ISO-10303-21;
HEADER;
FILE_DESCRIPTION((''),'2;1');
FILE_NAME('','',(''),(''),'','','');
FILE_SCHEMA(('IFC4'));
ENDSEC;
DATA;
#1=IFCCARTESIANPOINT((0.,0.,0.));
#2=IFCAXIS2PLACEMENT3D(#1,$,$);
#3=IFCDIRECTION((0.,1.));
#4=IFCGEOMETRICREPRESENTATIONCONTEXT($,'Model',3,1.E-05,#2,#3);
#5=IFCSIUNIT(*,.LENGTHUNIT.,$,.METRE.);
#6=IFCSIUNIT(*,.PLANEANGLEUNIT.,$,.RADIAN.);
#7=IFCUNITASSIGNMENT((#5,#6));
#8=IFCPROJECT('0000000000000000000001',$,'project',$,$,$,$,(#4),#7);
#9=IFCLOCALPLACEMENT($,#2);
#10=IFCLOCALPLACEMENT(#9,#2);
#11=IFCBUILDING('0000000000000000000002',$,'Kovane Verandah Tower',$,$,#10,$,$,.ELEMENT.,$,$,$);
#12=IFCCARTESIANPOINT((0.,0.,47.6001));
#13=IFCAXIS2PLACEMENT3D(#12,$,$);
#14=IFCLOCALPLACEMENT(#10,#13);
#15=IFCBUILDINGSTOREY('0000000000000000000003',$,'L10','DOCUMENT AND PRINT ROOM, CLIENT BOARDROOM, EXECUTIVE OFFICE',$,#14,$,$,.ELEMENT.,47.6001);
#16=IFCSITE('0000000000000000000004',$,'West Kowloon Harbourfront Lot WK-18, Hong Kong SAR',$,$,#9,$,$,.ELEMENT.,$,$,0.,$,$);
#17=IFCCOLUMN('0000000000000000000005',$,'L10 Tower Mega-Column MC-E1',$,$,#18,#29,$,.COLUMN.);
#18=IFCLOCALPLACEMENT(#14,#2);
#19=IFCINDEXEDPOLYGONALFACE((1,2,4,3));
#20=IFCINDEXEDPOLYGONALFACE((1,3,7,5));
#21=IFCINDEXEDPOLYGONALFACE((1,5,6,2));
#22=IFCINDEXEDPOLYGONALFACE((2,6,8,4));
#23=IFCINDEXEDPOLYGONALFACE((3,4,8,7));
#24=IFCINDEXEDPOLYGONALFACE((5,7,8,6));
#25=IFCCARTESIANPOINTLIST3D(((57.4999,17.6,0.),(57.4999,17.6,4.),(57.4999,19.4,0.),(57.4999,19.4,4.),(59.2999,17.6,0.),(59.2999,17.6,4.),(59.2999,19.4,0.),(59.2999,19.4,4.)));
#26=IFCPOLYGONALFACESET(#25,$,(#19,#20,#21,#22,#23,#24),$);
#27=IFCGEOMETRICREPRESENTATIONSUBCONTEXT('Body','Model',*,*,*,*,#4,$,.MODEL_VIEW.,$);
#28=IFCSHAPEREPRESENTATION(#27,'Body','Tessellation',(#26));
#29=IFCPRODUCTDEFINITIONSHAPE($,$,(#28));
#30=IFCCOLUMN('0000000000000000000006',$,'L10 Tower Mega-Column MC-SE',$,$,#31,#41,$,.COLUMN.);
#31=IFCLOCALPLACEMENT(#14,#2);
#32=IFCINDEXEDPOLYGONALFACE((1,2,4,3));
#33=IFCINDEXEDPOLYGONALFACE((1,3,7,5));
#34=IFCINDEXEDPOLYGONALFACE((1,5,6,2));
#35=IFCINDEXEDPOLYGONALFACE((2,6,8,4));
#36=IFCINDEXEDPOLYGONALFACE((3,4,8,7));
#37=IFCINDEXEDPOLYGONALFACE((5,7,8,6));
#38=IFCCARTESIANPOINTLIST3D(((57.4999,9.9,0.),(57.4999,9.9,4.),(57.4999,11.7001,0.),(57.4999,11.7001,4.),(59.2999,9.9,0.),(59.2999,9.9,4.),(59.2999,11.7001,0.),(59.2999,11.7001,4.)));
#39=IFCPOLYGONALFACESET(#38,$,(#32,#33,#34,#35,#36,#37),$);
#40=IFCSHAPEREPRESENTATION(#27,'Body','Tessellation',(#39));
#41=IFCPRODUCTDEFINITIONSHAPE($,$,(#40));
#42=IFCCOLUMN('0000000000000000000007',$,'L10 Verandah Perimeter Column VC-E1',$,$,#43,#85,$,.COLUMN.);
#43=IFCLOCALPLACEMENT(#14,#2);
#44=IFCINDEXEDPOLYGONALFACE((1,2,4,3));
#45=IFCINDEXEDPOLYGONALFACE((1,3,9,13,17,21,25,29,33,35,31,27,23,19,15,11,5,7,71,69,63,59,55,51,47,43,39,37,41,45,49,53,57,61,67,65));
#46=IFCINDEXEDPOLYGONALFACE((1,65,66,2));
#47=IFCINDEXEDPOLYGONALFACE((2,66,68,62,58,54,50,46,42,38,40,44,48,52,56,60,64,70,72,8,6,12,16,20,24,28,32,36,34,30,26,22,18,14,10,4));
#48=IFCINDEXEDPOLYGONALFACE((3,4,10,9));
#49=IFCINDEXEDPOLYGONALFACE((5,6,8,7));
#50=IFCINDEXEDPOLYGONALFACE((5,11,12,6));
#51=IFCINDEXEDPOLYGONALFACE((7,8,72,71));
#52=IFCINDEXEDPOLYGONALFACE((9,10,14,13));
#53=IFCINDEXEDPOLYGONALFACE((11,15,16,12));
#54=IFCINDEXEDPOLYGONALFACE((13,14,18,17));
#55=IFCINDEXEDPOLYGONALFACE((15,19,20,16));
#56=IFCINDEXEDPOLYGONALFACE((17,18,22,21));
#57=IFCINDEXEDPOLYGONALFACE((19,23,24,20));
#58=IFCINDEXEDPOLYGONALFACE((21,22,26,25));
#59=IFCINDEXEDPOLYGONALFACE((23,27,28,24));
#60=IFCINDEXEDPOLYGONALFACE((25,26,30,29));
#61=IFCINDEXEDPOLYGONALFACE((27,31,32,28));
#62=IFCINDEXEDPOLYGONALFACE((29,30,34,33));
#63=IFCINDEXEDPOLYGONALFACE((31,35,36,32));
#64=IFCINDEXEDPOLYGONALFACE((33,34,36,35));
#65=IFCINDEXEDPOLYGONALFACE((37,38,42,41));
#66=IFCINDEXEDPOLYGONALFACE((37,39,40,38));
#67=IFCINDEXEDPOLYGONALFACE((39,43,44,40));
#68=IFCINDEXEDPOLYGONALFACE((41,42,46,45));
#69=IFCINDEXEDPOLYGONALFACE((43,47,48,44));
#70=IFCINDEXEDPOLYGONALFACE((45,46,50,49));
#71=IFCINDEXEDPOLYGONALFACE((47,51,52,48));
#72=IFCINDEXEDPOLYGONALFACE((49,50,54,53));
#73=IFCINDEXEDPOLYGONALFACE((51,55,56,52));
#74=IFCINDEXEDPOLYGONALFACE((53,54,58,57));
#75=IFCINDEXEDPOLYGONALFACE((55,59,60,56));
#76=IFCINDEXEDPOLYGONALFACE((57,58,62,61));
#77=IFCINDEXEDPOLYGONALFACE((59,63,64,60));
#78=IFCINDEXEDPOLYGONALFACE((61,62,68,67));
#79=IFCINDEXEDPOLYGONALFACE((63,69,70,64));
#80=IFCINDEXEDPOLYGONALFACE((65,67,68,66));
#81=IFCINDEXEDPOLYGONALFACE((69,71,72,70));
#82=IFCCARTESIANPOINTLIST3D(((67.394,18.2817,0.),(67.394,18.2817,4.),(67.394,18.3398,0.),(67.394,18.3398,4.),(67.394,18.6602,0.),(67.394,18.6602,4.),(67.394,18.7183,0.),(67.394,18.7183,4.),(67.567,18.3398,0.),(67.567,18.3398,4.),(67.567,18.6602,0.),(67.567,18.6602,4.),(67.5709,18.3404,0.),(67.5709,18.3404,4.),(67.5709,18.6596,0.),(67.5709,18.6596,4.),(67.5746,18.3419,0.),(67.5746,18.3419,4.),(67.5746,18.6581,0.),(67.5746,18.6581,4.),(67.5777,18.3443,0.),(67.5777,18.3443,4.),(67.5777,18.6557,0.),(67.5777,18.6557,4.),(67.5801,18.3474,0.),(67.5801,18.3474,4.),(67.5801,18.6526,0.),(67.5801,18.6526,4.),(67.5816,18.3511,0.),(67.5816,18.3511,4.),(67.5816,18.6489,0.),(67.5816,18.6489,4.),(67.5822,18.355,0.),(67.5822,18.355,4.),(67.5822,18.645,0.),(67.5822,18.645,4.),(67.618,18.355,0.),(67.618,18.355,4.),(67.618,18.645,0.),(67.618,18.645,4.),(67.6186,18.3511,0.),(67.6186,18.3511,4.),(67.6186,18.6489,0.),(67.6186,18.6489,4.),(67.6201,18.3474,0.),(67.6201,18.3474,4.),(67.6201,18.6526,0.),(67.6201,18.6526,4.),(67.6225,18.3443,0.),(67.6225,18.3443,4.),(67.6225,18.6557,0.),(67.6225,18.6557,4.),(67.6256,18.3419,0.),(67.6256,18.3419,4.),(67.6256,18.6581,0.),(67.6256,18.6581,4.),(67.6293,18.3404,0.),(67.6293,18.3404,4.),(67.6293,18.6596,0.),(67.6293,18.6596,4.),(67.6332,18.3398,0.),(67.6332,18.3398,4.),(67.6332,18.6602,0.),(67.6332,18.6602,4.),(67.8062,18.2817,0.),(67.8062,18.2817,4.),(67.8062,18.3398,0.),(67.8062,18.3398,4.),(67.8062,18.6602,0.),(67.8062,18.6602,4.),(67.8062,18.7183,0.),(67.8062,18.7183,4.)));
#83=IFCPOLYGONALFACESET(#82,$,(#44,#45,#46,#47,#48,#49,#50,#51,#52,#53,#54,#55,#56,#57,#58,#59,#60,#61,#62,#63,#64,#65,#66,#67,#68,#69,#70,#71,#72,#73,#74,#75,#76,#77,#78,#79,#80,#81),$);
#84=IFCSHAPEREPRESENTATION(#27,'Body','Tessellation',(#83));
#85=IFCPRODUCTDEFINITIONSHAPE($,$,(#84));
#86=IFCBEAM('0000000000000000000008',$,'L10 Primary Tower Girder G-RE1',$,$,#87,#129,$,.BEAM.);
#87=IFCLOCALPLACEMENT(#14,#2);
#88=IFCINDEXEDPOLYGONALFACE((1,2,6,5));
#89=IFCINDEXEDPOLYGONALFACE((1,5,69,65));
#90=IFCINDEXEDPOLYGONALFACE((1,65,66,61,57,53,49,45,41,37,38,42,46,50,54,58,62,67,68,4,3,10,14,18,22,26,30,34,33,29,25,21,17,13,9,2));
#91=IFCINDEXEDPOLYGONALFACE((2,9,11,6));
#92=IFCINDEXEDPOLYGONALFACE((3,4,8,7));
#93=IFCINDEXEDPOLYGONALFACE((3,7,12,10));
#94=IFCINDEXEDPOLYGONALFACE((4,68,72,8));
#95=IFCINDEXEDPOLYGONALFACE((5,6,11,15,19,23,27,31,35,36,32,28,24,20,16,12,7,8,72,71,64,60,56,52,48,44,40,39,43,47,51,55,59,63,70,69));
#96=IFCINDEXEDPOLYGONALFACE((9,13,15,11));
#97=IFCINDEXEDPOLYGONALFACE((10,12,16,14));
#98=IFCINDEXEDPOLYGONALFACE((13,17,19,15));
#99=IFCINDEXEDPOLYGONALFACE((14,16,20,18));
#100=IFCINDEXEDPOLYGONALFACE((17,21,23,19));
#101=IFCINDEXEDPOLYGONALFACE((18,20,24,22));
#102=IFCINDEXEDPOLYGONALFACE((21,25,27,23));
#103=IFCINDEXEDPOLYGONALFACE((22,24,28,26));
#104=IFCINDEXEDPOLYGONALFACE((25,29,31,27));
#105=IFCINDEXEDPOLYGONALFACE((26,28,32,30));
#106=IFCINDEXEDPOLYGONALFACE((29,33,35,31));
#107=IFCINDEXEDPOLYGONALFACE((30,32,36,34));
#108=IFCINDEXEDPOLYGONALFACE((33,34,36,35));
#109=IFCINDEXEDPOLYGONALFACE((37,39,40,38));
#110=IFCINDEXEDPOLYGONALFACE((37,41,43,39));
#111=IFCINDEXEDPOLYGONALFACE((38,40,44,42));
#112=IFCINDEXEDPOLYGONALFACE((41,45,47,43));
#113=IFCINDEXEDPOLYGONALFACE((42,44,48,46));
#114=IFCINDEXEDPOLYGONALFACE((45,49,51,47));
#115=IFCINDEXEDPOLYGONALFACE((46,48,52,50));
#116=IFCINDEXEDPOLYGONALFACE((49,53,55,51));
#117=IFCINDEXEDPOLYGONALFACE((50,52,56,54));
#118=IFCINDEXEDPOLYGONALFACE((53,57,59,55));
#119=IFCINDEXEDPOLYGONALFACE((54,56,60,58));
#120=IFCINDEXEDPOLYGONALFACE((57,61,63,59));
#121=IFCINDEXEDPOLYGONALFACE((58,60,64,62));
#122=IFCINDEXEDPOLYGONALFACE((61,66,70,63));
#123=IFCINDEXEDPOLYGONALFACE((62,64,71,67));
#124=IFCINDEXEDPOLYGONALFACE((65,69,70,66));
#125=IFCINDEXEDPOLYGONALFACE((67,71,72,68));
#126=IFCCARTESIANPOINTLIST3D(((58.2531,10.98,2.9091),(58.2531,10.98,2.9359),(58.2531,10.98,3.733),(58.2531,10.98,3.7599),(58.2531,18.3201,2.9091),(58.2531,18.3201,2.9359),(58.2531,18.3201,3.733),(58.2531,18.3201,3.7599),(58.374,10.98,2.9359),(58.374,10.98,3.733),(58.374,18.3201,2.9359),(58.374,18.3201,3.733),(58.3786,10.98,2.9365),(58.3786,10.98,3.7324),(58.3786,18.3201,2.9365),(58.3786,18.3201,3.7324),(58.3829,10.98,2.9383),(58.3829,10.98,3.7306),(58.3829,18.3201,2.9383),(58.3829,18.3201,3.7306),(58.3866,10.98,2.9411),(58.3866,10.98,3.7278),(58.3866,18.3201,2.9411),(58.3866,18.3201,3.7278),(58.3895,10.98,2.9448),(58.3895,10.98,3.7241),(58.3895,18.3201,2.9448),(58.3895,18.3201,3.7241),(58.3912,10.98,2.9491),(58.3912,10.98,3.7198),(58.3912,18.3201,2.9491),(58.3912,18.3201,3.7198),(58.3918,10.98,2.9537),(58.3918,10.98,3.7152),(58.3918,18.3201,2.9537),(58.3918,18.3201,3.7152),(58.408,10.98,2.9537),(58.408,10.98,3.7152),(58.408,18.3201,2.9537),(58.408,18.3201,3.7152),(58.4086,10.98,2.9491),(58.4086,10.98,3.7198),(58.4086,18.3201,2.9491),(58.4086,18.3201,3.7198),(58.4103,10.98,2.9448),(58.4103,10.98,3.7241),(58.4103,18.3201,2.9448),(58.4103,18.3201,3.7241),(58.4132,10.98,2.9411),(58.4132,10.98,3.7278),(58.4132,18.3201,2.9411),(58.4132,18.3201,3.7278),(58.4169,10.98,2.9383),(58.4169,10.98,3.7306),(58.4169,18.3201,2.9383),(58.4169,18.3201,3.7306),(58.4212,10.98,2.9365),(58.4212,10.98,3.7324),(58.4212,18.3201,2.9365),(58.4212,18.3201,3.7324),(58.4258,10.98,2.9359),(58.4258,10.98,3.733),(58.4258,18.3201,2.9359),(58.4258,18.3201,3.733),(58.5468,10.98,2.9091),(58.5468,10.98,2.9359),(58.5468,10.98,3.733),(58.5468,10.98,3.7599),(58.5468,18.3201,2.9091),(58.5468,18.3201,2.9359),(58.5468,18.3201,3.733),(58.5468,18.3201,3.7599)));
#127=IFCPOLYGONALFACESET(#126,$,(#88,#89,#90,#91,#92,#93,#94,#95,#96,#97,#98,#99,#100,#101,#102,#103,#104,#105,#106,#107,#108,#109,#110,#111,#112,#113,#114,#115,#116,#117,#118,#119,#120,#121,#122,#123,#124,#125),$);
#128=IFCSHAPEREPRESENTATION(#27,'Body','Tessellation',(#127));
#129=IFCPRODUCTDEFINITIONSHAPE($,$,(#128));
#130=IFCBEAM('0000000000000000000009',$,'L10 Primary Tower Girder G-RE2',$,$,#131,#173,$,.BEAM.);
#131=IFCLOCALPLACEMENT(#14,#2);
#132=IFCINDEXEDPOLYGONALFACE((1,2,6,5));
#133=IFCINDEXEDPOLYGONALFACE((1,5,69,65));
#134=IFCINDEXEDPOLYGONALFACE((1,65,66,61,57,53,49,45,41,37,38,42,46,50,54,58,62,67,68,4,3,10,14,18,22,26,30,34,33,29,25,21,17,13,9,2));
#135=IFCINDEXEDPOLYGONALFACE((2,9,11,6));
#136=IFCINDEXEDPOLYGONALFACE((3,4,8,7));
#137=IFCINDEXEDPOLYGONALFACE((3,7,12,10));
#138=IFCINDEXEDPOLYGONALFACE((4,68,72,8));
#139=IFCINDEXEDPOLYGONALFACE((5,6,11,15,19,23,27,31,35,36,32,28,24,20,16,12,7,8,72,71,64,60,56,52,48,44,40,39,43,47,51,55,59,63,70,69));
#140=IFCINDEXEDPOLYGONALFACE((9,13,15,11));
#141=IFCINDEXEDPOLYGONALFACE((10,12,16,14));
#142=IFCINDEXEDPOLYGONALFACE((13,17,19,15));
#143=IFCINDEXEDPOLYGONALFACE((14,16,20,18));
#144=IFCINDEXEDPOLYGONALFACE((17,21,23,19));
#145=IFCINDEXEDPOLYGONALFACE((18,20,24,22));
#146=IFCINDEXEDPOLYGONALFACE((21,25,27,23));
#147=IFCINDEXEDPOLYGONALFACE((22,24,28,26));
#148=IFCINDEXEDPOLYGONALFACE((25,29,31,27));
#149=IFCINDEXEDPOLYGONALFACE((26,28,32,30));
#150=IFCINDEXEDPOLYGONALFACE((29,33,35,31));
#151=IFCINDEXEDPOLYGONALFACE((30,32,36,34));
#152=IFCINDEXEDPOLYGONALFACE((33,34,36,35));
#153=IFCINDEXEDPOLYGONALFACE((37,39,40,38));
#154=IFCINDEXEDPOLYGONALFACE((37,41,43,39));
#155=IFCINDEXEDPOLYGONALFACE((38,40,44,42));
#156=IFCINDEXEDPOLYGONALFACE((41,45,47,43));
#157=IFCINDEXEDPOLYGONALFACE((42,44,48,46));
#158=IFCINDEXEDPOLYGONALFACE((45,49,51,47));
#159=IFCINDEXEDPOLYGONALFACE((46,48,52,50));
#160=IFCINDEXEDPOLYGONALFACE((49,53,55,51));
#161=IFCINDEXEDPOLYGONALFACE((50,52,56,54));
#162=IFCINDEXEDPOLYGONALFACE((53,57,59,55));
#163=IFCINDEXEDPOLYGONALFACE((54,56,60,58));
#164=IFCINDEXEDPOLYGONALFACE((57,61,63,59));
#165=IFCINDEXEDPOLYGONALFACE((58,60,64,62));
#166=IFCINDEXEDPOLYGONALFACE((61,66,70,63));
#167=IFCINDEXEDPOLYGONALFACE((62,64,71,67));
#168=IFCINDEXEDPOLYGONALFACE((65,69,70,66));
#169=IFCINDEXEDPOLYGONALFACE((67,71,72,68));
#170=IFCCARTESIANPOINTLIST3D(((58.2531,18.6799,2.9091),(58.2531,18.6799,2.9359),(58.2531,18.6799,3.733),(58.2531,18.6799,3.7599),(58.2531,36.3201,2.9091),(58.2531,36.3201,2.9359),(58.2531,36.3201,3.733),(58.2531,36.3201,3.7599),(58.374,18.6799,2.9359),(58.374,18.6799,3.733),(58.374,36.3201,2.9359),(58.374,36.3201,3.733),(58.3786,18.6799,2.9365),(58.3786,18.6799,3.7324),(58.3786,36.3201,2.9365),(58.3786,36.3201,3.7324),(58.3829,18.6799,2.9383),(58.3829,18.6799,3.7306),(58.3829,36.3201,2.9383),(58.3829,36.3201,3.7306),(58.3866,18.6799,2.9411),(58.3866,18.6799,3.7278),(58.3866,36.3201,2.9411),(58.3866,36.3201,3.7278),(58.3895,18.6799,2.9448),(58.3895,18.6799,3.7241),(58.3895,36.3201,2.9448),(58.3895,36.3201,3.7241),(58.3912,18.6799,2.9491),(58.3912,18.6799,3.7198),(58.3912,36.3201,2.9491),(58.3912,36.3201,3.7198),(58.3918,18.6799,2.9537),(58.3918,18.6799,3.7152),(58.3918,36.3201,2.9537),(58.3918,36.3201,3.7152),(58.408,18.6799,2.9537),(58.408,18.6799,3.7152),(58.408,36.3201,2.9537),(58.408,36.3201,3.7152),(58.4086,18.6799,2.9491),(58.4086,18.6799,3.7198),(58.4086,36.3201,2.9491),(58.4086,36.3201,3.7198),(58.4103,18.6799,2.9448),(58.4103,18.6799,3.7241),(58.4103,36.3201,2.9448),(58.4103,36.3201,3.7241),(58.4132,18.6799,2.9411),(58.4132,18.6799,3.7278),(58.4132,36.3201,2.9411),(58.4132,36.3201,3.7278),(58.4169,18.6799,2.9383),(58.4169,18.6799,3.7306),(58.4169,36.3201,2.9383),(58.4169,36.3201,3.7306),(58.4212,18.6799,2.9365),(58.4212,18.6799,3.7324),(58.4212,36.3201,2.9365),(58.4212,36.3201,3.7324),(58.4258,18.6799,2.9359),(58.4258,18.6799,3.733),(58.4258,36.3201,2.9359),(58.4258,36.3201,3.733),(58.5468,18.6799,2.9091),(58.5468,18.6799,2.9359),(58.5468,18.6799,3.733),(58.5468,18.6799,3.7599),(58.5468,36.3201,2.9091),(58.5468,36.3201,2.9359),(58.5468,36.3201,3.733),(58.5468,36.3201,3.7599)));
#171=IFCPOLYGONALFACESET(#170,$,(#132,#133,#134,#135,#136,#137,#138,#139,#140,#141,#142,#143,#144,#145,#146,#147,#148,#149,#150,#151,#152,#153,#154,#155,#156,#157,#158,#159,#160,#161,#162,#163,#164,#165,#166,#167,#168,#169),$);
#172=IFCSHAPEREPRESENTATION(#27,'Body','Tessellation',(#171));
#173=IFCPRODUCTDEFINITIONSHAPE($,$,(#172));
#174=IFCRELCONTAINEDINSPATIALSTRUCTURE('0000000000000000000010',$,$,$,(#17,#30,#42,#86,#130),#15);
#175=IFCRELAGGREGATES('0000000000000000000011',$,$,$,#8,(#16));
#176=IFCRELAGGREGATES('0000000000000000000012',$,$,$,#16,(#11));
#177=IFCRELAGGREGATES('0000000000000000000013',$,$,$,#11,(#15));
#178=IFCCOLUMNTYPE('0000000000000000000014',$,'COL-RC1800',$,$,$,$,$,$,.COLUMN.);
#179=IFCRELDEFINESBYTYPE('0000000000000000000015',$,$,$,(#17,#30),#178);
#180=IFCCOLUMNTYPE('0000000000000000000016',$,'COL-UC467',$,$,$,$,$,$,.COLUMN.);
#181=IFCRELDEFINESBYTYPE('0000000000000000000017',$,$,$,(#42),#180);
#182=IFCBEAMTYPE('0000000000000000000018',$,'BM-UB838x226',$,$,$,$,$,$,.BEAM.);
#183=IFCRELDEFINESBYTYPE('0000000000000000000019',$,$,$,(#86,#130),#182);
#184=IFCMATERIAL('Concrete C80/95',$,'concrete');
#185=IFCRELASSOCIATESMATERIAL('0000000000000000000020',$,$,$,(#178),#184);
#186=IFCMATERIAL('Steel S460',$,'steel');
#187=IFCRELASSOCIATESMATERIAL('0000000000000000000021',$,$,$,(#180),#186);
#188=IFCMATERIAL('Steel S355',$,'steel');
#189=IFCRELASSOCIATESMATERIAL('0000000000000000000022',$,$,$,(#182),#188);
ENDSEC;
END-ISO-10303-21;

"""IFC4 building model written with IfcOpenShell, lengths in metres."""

from ifc_helpers import new_model, si_unit, direction, frame, origin, origin_2d, place, context, subcontext, project, spatial, rectangle, i_section, extrude, material, material_profile, profile_set, type_object, element, save


model = new_model("IFC4")

# Units and contexts
model_context = context("Model", 3, precision=1e-05, world=origin(), true_north=direction((0.0, 1.0)))
body_context = subcontext(model_context, "Body", "Model", "MODEL_VIEW")
ifc_project = project(units=[si_unit("LENGTHUNIT", "METRE"), si_unit("PLANEANGLEUNIT", "RADIAN")], contexts=[model_context])

# Site, building, storey
site_placement = place(None, origin())
site = spatial("IfcSite", under=ifc_project, at=site_placement, Name="West Kowloon Harbourfront Lot WK-18, Hong Kong SAR", CompositionType="ELEMENT", RefElevation=0.0)
building_placement = place(site_placement, origin())
building = spatial("IfcBuilding", under=site, at=building_placement, Name="Kovane Verandah Tower", CompositionType="ELEMENT")
storey_placement = place(building_placement, frame((0.0, 0.0, 47.6001)))
storey = spatial("IfcBuildingStorey", under=building, at=storey_placement, Name="L10", Description="DOCUMENT AND PRINT ROOM, CLIENT BOARDROOM, EXECUTIVE OFFICE", CompositionType="ELEMENT", Elevation=47.6001)

# Columns
ifc_material_1 = material(Name="Concrete C80/95", Category="concrete")
ifc_material_profile_1 = material_profile(ifc_material_1, rectangle(XDim=1.8, YDim=1.8, at=origin_2d()), Name="RC1800x1800")
ifc_profile_set_1 = profile_set([ifc_material_profile_1], Name="Concrete C80/95")
column_type_1 = type_object("IfcColumnType", Name="COL-RC1800", PredefinedType="COLUMN", material=ifc_profile_set_1)
for number, where, z_axis, x_axis, name in (
    (1, (58.3999, 18.5, 0.0), (0.0, 0.0, 1.0), (1.0, 0.0, 0.0), "L10 Tower Mega-Column MC-E1"),
    (2, (58.3999, 10.8, 0.0), (0.0, 0.0, 1.0), (1.0, 0.0, 0.0), "L10 Tower Mega-Column MC-SE"),
):
    element("IfcColumn", number, at=place(storey_placement, frame(where, z_axis=z_axis, x_axis=x_axis)), inside=storey, type_object=column_type_1, Name=name, PredefinedType="COLUMN", context=body_context, shape_type="SweptSolid", body=[
        extrude(rectangle(XDim=1.8, YDim=1.8, at=origin_2d()), origin(), (0.0, 0.0, 1.0), 4.0),
    ])
ifc_material_2 = material(Name="Steel S460", Category="steel")
ifc_material_profile_2 = material_profile(ifc_material_2, i_section(OverallWidth=0.4121, OverallDepth=0.4365, WebThickness=0.0359, FlangeThickness=0.0581, FilletRadius=0.0151, at=origin_2d()), Name="UC356x406x467")
ifc_profile_set_2 = profile_set([ifc_material_profile_2], Name="Steel S460")
column_type_2 = type_object("IfcColumnType", Name="COL-UC467", PredefinedType="COLUMN", material=ifc_profile_set_2)
column_placement = place(storey_placement, frame((67.6001, 18.5, 0.0), z_axis=(0.0, 0.0, 1.0), x_axis=(1.0, 0.0, 0.0)))
element("IfcColumn", 3, at=column_placement, inside=storey, type_object=column_type_2, Name="L10 Verandah Perimeter Column VC-E1", PredefinedType="COLUMN", context=body_context, shape_type="SweptSolid", body=[
    extrude(i_section(OverallWidth=0.4121, OverallDepth=0.4365, WebThickness=0.0359, FlangeThickness=0.0581, FilletRadius=0.0151, at=origin_2d()), origin(), (0.0, 0.0, 1.0), 4.0),
])

# Beams
ifc_material_3 = material(Name="Steel S355", Category="steel")
ifc_material_profile_3 = material_profile(ifc_material_3, i_section(OverallWidth=0.2937, OverallDepth=0.8508, WebThickness=0.0161, FlangeThickness=0.0269, FilletRadius=0.0178, at=origin_2d()), Name="UB838x292x226")
ifc_profile_set_3 = profile_set([ifc_material_profile_3], Name="Steel S355")
beam_type_1 = type_object("IfcBeamType", Name="BM-UB838x226", PredefinedType="BEAM", material=ifc_profile_set_3)
beam_1_placement = place(storey_placement, frame((58.3999, 10.98, 3.3345), z_axis=(0.0, 1.0, 0.0), x_axis=(-1.0, 0.0, 0.0)))
element("IfcBeam", 4, at=beam_1_placement, inside=storey, type_object=beam_type_1, Name="L10 Primary Tower Girder G-RE1", PredefinedType="BEAM", context=body_context, shape_type="SweptSolid", body=[
    extrude(i_section(OverallWidth=0.2937, OverallDepth=0.8508, WebThickness=0.0161, FlangeThickness=0.0269, FilletRadius=0.0178, at=origin_2d()), origin(), (0.0, 0.0, 1.0), 7.3401),
])
beam_2_placement = place(storey_placement, frame((58.3999, 18.6799, 3.3345), z_axis=(0.0, 1.0, 0.0), x_axis=(-1.0, 0.0, 0.0)))
element("IfcBeam", 5, at=beam_2_placement, inside=storey, type_object=beam_type_1, Name="L10 Primary Tower Girder G-RE2", PredefinedType="BEAM", context=body_context, shape_type="SweptSolid", body=[
    extrude(i_section(OverallWidth=0.2937, OverallDepth=0.8508, WebThickness=0.0161, FlangeThickness=0.0269, FilletRadius=0.0178, at=origin_2d()), origin(), (0.0, 0.0, 1.0), 17.6401),
])

save(model, "model.ifc")
